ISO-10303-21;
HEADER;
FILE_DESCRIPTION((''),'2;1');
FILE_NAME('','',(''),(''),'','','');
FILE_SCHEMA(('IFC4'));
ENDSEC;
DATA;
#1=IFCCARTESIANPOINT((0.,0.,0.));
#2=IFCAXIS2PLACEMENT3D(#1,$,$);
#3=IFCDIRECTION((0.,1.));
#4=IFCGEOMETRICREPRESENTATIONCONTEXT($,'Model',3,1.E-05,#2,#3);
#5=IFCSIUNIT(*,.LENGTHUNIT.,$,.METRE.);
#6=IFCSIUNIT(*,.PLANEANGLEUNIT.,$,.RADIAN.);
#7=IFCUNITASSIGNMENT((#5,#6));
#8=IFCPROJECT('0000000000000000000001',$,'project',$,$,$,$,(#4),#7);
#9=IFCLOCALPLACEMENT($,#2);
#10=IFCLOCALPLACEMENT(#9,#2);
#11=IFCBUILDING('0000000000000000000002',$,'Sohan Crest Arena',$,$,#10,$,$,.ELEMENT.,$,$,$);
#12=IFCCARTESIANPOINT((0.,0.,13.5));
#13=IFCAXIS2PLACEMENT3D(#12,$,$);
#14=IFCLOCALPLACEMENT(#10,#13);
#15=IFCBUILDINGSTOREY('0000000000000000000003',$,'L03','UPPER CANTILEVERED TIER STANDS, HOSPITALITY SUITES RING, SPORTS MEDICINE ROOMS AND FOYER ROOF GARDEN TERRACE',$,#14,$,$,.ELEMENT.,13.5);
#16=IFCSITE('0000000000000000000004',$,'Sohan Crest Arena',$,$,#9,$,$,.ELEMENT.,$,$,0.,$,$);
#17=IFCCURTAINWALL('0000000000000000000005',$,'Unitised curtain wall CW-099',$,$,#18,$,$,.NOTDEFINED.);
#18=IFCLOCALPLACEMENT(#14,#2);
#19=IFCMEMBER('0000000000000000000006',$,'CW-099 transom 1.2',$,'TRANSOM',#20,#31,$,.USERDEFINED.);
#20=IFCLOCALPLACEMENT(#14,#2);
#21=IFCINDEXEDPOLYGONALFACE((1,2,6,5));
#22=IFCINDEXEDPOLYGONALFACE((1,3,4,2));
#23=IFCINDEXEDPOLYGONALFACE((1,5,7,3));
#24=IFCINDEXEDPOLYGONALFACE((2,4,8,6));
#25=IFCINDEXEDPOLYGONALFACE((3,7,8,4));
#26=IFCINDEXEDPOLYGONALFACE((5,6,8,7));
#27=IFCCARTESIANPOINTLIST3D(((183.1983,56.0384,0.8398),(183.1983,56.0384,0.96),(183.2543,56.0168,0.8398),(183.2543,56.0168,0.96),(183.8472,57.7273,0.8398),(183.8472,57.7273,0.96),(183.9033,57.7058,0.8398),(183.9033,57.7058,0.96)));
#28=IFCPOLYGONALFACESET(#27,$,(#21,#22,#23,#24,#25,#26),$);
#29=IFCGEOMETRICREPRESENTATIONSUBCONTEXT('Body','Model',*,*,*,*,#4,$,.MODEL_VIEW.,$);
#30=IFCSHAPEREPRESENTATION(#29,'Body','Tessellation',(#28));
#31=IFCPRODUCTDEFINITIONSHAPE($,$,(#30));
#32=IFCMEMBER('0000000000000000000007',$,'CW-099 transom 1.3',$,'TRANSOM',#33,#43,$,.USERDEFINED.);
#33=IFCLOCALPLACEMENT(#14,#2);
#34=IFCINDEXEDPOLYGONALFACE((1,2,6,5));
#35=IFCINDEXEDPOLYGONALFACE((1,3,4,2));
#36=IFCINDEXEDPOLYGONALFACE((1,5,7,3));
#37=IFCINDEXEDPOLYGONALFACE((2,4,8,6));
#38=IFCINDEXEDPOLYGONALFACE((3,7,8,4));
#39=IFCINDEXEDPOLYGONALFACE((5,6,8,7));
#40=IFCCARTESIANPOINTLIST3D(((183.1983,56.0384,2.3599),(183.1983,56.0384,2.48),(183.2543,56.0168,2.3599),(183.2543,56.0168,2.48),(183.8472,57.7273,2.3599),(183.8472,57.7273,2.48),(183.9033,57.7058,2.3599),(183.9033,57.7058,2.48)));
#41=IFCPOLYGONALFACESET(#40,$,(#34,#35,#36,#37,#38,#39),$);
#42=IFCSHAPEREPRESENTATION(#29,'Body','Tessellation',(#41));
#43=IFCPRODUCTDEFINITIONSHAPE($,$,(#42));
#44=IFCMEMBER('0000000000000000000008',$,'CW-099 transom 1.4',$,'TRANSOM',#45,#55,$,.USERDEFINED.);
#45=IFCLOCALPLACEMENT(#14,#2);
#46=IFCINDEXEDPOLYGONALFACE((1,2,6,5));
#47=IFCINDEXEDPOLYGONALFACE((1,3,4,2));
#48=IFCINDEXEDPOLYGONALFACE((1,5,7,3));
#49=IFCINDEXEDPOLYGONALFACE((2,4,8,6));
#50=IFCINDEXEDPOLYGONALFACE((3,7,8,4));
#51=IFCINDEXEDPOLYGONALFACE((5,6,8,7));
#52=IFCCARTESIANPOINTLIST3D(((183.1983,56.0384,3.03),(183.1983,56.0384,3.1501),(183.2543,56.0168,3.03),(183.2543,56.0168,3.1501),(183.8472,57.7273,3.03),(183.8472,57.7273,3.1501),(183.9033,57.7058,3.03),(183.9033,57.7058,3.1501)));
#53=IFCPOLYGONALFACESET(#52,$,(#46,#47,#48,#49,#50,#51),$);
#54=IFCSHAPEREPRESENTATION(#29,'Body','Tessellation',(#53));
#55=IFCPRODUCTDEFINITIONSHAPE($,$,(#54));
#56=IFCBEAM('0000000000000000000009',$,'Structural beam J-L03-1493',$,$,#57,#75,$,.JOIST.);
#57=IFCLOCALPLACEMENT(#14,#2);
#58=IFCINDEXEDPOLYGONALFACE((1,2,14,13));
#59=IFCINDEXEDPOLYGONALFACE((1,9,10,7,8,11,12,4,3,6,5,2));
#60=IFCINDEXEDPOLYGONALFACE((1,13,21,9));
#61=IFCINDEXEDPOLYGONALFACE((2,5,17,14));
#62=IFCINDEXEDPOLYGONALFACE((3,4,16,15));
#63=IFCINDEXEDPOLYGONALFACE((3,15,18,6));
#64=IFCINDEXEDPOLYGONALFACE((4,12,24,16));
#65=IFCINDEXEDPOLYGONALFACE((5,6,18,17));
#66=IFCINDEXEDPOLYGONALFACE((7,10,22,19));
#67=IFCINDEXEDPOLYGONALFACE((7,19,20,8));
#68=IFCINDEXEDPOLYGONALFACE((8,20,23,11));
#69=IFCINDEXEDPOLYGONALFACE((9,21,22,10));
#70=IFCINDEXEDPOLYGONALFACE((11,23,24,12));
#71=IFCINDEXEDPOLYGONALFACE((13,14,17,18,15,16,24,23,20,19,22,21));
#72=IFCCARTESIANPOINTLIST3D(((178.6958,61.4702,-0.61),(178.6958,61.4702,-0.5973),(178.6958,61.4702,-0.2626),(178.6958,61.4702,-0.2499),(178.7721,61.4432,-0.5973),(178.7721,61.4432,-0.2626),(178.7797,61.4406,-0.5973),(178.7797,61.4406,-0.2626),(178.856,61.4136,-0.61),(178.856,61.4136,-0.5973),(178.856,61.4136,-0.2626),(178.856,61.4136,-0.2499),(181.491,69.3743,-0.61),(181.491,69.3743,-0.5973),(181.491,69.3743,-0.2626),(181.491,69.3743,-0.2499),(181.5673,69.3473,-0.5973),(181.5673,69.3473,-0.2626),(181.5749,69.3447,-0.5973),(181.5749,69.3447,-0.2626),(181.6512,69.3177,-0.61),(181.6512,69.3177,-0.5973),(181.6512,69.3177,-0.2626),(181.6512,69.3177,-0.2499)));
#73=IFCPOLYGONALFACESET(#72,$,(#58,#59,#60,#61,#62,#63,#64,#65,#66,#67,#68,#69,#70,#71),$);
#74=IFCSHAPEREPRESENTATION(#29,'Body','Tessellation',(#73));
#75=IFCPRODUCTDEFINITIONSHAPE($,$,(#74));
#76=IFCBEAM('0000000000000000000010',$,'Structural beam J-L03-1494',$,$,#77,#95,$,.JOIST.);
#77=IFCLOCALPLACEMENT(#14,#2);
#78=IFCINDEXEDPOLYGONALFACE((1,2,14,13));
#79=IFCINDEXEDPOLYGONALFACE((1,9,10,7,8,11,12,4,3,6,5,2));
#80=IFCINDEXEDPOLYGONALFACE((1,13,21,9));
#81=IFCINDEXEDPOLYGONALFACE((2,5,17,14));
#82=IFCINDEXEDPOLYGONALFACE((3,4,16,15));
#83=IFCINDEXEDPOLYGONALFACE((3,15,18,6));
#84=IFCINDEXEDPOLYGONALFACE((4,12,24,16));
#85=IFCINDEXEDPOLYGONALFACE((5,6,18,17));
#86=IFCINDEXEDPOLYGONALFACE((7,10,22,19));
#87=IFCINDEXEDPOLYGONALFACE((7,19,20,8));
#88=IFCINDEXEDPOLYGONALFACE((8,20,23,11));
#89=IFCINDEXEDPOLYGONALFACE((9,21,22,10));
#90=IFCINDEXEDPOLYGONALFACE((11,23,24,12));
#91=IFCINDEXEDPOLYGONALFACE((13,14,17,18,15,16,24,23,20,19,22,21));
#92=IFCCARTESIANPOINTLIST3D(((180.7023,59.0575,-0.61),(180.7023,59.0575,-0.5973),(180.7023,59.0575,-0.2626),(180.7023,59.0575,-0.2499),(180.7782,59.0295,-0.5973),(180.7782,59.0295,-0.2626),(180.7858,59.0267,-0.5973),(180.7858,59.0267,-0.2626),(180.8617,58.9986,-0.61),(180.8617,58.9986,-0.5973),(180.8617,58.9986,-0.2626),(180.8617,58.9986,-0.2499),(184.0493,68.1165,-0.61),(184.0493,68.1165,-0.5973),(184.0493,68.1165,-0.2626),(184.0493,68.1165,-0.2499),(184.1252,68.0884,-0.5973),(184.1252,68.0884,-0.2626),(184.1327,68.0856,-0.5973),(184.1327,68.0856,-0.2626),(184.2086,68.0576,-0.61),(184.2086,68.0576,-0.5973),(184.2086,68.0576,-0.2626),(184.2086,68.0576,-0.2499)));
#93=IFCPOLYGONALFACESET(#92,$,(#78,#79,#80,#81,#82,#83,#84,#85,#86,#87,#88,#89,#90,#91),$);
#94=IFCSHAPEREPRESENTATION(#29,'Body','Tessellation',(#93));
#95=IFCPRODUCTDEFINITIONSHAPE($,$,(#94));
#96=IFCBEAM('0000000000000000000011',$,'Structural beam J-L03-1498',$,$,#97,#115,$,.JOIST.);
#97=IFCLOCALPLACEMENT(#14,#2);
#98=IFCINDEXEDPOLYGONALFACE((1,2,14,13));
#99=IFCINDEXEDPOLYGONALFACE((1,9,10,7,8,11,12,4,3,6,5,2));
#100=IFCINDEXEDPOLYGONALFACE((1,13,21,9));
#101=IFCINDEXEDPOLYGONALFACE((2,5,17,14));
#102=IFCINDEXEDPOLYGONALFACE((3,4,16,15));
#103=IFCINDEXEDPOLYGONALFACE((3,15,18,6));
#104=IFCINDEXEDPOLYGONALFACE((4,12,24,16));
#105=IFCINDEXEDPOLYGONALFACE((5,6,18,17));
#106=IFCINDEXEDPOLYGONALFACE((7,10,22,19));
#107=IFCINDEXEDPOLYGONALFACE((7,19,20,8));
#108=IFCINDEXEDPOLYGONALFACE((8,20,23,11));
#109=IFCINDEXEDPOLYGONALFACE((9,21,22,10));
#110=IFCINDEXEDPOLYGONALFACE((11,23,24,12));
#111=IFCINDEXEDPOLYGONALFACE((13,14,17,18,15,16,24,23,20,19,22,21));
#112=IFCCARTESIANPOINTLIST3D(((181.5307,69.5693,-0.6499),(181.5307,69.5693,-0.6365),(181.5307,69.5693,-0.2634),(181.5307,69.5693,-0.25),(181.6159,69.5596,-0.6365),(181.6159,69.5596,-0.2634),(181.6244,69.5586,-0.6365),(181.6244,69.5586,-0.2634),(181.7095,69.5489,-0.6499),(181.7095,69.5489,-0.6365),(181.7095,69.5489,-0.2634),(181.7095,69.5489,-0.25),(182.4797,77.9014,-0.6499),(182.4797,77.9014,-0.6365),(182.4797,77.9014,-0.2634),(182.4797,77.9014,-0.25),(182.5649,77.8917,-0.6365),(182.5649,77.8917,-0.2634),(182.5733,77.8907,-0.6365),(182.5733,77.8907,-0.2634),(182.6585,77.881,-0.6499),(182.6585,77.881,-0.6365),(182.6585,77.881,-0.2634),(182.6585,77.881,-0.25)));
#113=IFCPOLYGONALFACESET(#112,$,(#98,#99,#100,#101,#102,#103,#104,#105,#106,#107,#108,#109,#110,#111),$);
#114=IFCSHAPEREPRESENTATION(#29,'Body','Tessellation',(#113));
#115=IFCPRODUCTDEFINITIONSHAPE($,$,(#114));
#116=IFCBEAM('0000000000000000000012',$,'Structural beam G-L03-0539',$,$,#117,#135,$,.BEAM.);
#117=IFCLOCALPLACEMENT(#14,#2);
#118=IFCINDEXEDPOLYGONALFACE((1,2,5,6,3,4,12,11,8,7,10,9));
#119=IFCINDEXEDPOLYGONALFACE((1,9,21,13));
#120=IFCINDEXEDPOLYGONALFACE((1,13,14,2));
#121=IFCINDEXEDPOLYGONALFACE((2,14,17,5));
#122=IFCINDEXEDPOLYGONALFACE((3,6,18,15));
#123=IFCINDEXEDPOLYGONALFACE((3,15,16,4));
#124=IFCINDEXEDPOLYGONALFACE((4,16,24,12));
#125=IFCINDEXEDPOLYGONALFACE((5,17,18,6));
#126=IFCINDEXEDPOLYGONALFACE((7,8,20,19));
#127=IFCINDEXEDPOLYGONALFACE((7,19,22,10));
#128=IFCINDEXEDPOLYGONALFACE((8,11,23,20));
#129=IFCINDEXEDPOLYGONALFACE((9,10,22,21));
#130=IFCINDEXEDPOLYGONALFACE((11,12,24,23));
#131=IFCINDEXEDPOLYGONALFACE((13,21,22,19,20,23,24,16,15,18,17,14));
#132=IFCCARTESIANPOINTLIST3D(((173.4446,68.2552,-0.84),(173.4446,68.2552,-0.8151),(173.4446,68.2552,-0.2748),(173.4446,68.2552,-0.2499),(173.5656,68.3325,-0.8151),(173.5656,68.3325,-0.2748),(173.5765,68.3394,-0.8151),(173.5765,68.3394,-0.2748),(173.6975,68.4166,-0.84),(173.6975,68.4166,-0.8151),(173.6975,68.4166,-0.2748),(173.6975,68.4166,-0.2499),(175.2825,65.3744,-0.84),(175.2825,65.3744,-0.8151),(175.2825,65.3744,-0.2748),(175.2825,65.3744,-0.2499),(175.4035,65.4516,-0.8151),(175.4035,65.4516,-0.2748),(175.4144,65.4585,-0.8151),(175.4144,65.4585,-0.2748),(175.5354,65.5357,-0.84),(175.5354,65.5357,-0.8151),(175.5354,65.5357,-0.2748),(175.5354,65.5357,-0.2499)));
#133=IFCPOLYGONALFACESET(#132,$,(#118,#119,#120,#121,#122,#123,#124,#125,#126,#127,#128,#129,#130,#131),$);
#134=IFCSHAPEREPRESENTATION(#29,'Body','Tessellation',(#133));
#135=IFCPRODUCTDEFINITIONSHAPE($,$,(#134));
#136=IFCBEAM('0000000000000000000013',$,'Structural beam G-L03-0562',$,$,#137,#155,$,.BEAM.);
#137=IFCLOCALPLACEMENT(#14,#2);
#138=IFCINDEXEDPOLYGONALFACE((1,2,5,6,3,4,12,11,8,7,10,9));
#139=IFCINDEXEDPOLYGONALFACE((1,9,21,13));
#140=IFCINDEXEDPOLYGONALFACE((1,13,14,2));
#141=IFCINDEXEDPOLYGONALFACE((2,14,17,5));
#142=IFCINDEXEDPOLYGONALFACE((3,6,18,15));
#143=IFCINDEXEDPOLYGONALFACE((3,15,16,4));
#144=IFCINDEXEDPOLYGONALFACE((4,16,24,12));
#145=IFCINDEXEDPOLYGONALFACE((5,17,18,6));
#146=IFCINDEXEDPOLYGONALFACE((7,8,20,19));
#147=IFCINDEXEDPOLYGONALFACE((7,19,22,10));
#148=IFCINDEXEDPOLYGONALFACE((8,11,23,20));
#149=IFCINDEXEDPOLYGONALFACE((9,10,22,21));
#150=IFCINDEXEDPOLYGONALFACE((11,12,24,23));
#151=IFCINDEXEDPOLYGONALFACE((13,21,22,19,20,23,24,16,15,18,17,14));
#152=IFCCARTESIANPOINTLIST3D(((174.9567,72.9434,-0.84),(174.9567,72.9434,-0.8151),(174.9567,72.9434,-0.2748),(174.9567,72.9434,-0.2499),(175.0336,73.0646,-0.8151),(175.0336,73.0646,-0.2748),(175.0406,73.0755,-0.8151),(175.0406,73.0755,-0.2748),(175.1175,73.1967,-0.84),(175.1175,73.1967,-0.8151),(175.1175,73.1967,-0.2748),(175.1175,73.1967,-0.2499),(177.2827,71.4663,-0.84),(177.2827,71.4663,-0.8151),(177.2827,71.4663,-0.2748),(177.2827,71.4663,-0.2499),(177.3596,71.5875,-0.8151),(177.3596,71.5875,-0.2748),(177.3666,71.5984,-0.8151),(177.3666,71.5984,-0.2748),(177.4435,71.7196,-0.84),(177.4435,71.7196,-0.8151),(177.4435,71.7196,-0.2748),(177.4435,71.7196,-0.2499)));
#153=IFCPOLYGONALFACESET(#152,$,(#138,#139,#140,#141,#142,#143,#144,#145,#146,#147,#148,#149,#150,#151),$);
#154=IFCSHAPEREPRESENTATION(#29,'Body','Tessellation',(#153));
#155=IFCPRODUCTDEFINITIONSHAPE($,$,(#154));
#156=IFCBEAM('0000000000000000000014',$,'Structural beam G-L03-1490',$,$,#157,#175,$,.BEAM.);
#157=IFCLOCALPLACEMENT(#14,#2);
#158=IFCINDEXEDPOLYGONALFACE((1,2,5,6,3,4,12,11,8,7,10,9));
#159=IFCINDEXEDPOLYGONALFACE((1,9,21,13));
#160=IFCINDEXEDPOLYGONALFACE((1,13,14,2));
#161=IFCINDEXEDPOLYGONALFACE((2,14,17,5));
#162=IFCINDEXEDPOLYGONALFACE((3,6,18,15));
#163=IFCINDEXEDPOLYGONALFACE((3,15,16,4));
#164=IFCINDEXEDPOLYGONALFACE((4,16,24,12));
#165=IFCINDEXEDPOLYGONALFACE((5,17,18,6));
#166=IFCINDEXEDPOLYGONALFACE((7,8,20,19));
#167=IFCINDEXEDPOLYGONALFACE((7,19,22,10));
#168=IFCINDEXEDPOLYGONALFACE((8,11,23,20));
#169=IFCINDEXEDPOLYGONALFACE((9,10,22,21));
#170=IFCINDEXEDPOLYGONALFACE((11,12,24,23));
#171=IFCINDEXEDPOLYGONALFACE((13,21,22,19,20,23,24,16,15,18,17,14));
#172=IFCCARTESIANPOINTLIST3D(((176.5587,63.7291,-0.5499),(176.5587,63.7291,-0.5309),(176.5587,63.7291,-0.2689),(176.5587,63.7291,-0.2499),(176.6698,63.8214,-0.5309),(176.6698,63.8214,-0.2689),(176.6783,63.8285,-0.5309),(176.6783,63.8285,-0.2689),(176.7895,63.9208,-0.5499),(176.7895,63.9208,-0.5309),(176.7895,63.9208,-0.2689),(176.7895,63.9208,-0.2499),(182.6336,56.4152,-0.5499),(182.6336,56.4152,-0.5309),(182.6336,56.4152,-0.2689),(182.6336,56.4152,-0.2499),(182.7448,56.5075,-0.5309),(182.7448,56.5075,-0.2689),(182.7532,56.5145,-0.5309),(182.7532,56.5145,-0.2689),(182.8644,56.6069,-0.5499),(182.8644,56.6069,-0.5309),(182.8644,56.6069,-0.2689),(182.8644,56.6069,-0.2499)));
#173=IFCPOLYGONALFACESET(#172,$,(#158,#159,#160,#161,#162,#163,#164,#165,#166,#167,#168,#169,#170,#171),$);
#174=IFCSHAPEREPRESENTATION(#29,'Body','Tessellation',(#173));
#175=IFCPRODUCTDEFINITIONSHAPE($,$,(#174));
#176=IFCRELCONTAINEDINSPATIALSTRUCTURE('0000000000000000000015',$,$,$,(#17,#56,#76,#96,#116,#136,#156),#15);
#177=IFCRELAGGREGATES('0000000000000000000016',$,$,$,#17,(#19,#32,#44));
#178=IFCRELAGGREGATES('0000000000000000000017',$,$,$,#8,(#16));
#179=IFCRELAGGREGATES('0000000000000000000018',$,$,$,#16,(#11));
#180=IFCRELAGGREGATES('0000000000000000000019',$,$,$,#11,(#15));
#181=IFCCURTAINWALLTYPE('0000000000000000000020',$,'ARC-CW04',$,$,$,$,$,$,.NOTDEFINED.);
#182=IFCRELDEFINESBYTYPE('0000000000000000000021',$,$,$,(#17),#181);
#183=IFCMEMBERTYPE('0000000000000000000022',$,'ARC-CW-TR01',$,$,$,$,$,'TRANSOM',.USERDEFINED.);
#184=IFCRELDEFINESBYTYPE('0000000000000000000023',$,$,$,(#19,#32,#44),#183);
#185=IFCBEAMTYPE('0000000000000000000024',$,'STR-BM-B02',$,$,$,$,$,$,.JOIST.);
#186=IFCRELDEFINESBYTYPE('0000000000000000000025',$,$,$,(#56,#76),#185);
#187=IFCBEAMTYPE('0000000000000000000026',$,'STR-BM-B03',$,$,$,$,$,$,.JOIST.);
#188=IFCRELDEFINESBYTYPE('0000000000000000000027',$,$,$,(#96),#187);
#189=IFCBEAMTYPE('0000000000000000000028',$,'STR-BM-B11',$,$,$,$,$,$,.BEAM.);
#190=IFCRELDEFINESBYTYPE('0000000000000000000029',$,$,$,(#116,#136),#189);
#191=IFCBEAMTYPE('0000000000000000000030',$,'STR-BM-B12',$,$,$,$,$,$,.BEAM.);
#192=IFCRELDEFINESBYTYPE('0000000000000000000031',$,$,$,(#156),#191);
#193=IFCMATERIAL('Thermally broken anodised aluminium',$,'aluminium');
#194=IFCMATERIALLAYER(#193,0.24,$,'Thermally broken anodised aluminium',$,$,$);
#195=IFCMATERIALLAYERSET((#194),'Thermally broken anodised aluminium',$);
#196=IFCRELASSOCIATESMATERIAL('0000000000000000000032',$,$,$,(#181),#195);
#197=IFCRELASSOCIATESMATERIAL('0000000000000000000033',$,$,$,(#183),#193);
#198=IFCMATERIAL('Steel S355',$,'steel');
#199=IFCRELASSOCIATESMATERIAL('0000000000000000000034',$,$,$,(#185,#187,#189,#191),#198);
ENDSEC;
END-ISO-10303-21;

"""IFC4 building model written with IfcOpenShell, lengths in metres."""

from ifc_helpers import new_model, si_unit, direction, frame, origin, origin_2d, place, context, subcontext, project, spatial, rectangle, i_section, extrude, material, layer, layer_set, material_profile, profile_set, type_object, element, aggregate, save


model = new_model("IFC4")

# Units and contexts
model_context = context("Model", 3, precision=1e-05, world=origin(), true_north=direction((0.0, 1.0)))
body_context = subcontext(model_context, "Body", "Model", "MODEL_VIEW")
ifc_project = project(units=[si_unit("LENGTHUNIT", "METRE"), si_unit("PLANEANGLEUNIT", "RADIAN")], contexts=[model_context])

# Site, building, storey
site_placement = place(None, origin())
site = spatial("IfcSite", under=ifc_project, at=site_placement, Name="Sohan Crest Arena", CompositionType="ELEMENT", RefElevation=0.0)
building_placement = place(site_placement, origin())
building = spatial("IfcBuilding", under=site, at=building_placement, Name="Sohan Crest Arena", CompositionType="ELEMENT")
storey_placement = place(building_placement, frame((0.0, 0.0, 13.5)))
storey = spatial("IfcBuildingStorey", under=building, at=storey_placement, Name="L03", Description="UPPER CANTILEVERED TIER STANDS, HOSPITALITY SUITES RING, SPORTS MEDICINE ROOMS AND FOYER ROOF GARDEN TERRACE", CompositionType="ELEMENT", Elevation=13.5)

# Shared definitions
ifc_material_1 = material(Name="Steel S355", Category="steel")

# Shared definitions
ifc_material_2 = material(Name="Thermally broken anodised aluminium", Category="aluminium")

# Curtain wall, members
ifc_layer_1 = layer(ifc_material_2, 0.24, Name="Thermally broken anodised aluminium")
ifc_layer_set_1 = layer_set([ifc_layer_1], Name="Thermally broken anodised aluminium")
curtain_wall_type_1 = type_object("IfcCurtainWallType", Name="ARC-CW04", PredefinedType="NOTDEFINED", material=ifc_layer_set_1)
curtain_wall_1_placement = place(storey_placement, origin())
curtain_wall_1 = element("IfcCurtainWall", 1, at=curtain_wall_1_placement, inside=storey, type_object=curtain_wall_type_1, Name="Unitised curtain wall CW-099", PredefinedType="NOTDEFINED")
ifc_material_profile_1 = material_profile(ifc_material_2, rectangle(XDim=0.0601, YDim=0.1201, at=origin_2d()), Name="ALU-TRAN 60x120")
ifc_profile_set_1 = profile_set([ifc_material_profile_1], Name="Thermally broken anodised aluminium")
member_type_1 = type_object("IfcMemberType", Name="ARC-CW-TR01", ElementType="TRANSOM", PredefinedType="USERDEFINED", material=ifc_profile_set_1)
member_1_placement = place(storey_placement, frame((183.2263, 56.0276, 0.8999), z_axis=(0.358654, 0.933471, 0.0), x_axis=(-0.933471, 0.358654, 0.0)))
member_1 = element("IfcMember", 2, at=member_1_placement, type_object=member_type_1, Name="CW-099 transom 1.2", ObjectType="TRANSOM", PredefinedType="USERDEFINED", context=body_context, shape_type="SweptSolid", body=[
    extrude(rectangle(XDim=0.0601, YDim=0.1201, at=origin_2d()), origin(), (0.0, 0.0, 1.0), 1.8093),
])
member_2_placement = place(storey_placement, frame((183.2263, 56.0276, 2.4199), z_axis=(0.358654, 0.933471, 0.0), x_axis=(-0.933471, 0.358654, 0.0)))
member_2 = element("IfcMember", 3, at=member_2_placement, type_object=member_type_1, Name="CW-099 transom 1.3", ObjectType="TRANSOM", PredefinedType="USERDEFINED", context=body_context, shape_type="SweptSolid", body=[
    extrude(rectangle(XDim=0.0601, YDim=0.1201, at=origin_2d()), origin(), (0.0, 0.0, 1.0), 1.8093),
])
member_3_placement = place(storey_placement, frame((183.2263, 56.0276, 3.0901), z_axis=(0.358654, 0.933471, 0.0), x_axis=(-0.933471, 0.358654, 0.0)))
member_3 = element("IfcMember", 4, at=member_3_placement, type_object=member_type_1, Name="CW-099 transom 1.4", ObjectType="TRANSOM", PredefinedType="USERDEFINED", context=body_context, shape_type="SweptSolid", body=[
    extrude(rectangle(XDim=0.0601, YDim=0.1201, at=origin_2d()), origin(), (0.0, 0.0, 1.0), 1.8093),
])
aggregate(curtain_wall_1, [member_1, member_2, member_3])

# Beams
ifc_material_profile_2 = material_profile(ifc_material_1, i_section(OverallWidth=0.1699, OverallDepth=0.3601, WebThickness=0.0081, FlangeThickness=0.0127, at=origin_2d()), Name="IPE 360")
ifc_profile_set_2 = profile_set([ifc_material_profile_2], Name="Steel S355")
beam_type_1 = type_object("IfcBeamType", Name="STR-BM-B02", PredefinedType="JOIST", material=ifc_profile_set_2)
beam_1_placement = place(storey_placement, frame((178.7759, 61.4419, -0.4299), z_axis=(0.333403, 0.942784, 0.0), x_axis=(-0.942784, 0.333403, 0.0)))
element("IfcBeam", 5, at=beam_1_placement, inside=storey, type_object=beam_type_1, Name="Structural beam J-L03-1493", PredefinedType="JOIST", context=body_context, shape_type="SweptSolid", body=[
    extrude(i_section(OverallWidth=0.1699, OverallDepth=0.3601, WebThickness=0.0081, FlangeThickness=0.0127, at=origin_2d()), origin(), (0.0, 0.0, 1.0), 8.3838),
])
beam_2_placement = place(storey_placement, frame((180.782, 59.0281, -0.4299), z_axis=(0.346567, 0.938025, 0.0), x_axis=(-0.938025, 0.346567, 0.0)))
element("IfcBeam", 6, at=beam_2_placement, inside=storey, type_object=beam_type_1, Name="Structural beam J-L03-1494", PredefinedType="JOIST", context=body_context, shape_type="SweptSolid", body=[
    extrude(i_section(OverallWidth=0.1699, OverallDepth=0.3601, WebThickness=0.0081, FlangeThickness=0.0127, at=origin_2d()), origin(), (0.0, 0.0, 1.0), 9.6575),
])
ifc_material_profile_3 = material_profile(ifc_material_1, i_section(OverallWidth=0.1799, OverallDepth=0.3999, WebThickness=0.0085, FlangeThickness=0.0134, at=origin_2d()), Name="IPE 400")
ifc_profile_set_3 = profile_set([ifc_material_profile_3], Name="Steel S355")
beam_type_2 = type_object("IfcBeamType", Name="STR-BM-B03", PredefinedType="JOIST", material=ifc_profile_set_3)
beam_3_placement = place(storey_placement, frame((181.6201, 69.5591, -0.45), z_axis=(0.113163, 0.993576, 0.0), x_axis=(-0.993576, 0.113163, 0.0)))
element("IfcBeam", 7, at=beam_3_placement, inside=storey, type_object=beam_type_2, Name="Structural beam J-L03-1498", PredefinedType="JOIST", context=body_context, shape_type="SweptSolid", body=[
    extrude(i_section(OverallWidth=0.1799, OverallDepth=0.3999, WebThickness=0.0085, FlangeThickness=0.0134, at=origin_2d()), origin(), (0.0, 0.0, 1.0), 8.386),
])
ifc_material_profile_4 = material_profile(ifc_material_1, i_section(OverallWidth=0.3, OverallDepth=0.5901, WebThickness=0.0129, FlangeThickness=0.0249, at=origin_2d()), Name="HEA 600")
ifc_profile_set_4 = profile_set([ifc_material_profile_4], Name="Steel S355")
beam_type_3 = type_object("IfcBeamType", Name="STR-BM-B11", PredefinedType="BEAM", material=ifc_profile_set_4)
beam_4_placement = place(storey_placement, frame((173.571, 68.3359, -0.5449), z_axis=(0.537837, -0.843049, 0.0), x_axis=(0.843049, 0.537837, 0.0)))
element("IfcBeam", 8, at=beam_4_placement, inside=storey, type_object=beam_type_3, Name="Structural beam G-L03-0539", PredefinedType="BEAM", context=body_context, shape_type="SweptSolid", body=[
    extrude(i_section(OverallWidth=0.3, OverallDepth=0.5901, WebThickness=0.0129, FlangeThickness=0.0249, at=origin_2d()), origin(), (0.0, 0.0, 1.0), 3.4172),
])
beam_5_placement = place(storey_placement, frame((175.0371, 73.0701, -0.5449), z_axis=(0.844168, -0.536078, 0.0), x_axis=(0.536078, 0.844168, 0.0)))
element("IfcBeam", 9, at=beam_5_placement, inside=storey, type_object=beam_type_3, Name="Structural beam G-L03-0562", PredefinedType="BEAM", context=body_context, shape_type="SweptSolid", body=[
    extrude(i_section(OverallWidth=0.3, OverallDepth=0.5901, WebThickness=0.0129, FlangeThickness=0.0249, at=origin_2d()), origin(), (0.0, 0.0, 1.0), 2.7554),
])
ifc_material_profile_5 = material_profile(ifc_material_1, i_section(OverallWidth=0.3, OverallDepth=0.3, WebThickness=0.011, FlangeThickness=0.019, at=origin_2d()), Name="HEB 300")
ifc_profile_set_5 = profile_set([ifc_material_profile_5], Name="Steel S355")
beam_type_4 = type_object("IfcBeamType", Name="STR-BM-B12", PredefinedType="BEAM", material=ifc_profile_set_5)
beam_6_placement = place(storey_placement, frame((176.6741, 63.825, -0.3999), z_axis=(0.638941, -0.769256, 0.0), x_axis=(0.769256, 0.638941, 0.0)))
element("IfcBeam", 10, at=beam_6_placement, inside=storey, type_object=beam_type_4, Name="Structural beam G-L03-1490", PredefinedType="BEAM", context=body_context, shape_type="SweptSolid", body=[
    extrude(i_section(OverallWidth=0.3, OverallDepth=0.3, WebThickness=0.011, FlangeThickness=0.019, at=origin_2d()), origin(), (0.0, 0.0, 1.0), 9.5078),
])

save(model, "model.ifc")
